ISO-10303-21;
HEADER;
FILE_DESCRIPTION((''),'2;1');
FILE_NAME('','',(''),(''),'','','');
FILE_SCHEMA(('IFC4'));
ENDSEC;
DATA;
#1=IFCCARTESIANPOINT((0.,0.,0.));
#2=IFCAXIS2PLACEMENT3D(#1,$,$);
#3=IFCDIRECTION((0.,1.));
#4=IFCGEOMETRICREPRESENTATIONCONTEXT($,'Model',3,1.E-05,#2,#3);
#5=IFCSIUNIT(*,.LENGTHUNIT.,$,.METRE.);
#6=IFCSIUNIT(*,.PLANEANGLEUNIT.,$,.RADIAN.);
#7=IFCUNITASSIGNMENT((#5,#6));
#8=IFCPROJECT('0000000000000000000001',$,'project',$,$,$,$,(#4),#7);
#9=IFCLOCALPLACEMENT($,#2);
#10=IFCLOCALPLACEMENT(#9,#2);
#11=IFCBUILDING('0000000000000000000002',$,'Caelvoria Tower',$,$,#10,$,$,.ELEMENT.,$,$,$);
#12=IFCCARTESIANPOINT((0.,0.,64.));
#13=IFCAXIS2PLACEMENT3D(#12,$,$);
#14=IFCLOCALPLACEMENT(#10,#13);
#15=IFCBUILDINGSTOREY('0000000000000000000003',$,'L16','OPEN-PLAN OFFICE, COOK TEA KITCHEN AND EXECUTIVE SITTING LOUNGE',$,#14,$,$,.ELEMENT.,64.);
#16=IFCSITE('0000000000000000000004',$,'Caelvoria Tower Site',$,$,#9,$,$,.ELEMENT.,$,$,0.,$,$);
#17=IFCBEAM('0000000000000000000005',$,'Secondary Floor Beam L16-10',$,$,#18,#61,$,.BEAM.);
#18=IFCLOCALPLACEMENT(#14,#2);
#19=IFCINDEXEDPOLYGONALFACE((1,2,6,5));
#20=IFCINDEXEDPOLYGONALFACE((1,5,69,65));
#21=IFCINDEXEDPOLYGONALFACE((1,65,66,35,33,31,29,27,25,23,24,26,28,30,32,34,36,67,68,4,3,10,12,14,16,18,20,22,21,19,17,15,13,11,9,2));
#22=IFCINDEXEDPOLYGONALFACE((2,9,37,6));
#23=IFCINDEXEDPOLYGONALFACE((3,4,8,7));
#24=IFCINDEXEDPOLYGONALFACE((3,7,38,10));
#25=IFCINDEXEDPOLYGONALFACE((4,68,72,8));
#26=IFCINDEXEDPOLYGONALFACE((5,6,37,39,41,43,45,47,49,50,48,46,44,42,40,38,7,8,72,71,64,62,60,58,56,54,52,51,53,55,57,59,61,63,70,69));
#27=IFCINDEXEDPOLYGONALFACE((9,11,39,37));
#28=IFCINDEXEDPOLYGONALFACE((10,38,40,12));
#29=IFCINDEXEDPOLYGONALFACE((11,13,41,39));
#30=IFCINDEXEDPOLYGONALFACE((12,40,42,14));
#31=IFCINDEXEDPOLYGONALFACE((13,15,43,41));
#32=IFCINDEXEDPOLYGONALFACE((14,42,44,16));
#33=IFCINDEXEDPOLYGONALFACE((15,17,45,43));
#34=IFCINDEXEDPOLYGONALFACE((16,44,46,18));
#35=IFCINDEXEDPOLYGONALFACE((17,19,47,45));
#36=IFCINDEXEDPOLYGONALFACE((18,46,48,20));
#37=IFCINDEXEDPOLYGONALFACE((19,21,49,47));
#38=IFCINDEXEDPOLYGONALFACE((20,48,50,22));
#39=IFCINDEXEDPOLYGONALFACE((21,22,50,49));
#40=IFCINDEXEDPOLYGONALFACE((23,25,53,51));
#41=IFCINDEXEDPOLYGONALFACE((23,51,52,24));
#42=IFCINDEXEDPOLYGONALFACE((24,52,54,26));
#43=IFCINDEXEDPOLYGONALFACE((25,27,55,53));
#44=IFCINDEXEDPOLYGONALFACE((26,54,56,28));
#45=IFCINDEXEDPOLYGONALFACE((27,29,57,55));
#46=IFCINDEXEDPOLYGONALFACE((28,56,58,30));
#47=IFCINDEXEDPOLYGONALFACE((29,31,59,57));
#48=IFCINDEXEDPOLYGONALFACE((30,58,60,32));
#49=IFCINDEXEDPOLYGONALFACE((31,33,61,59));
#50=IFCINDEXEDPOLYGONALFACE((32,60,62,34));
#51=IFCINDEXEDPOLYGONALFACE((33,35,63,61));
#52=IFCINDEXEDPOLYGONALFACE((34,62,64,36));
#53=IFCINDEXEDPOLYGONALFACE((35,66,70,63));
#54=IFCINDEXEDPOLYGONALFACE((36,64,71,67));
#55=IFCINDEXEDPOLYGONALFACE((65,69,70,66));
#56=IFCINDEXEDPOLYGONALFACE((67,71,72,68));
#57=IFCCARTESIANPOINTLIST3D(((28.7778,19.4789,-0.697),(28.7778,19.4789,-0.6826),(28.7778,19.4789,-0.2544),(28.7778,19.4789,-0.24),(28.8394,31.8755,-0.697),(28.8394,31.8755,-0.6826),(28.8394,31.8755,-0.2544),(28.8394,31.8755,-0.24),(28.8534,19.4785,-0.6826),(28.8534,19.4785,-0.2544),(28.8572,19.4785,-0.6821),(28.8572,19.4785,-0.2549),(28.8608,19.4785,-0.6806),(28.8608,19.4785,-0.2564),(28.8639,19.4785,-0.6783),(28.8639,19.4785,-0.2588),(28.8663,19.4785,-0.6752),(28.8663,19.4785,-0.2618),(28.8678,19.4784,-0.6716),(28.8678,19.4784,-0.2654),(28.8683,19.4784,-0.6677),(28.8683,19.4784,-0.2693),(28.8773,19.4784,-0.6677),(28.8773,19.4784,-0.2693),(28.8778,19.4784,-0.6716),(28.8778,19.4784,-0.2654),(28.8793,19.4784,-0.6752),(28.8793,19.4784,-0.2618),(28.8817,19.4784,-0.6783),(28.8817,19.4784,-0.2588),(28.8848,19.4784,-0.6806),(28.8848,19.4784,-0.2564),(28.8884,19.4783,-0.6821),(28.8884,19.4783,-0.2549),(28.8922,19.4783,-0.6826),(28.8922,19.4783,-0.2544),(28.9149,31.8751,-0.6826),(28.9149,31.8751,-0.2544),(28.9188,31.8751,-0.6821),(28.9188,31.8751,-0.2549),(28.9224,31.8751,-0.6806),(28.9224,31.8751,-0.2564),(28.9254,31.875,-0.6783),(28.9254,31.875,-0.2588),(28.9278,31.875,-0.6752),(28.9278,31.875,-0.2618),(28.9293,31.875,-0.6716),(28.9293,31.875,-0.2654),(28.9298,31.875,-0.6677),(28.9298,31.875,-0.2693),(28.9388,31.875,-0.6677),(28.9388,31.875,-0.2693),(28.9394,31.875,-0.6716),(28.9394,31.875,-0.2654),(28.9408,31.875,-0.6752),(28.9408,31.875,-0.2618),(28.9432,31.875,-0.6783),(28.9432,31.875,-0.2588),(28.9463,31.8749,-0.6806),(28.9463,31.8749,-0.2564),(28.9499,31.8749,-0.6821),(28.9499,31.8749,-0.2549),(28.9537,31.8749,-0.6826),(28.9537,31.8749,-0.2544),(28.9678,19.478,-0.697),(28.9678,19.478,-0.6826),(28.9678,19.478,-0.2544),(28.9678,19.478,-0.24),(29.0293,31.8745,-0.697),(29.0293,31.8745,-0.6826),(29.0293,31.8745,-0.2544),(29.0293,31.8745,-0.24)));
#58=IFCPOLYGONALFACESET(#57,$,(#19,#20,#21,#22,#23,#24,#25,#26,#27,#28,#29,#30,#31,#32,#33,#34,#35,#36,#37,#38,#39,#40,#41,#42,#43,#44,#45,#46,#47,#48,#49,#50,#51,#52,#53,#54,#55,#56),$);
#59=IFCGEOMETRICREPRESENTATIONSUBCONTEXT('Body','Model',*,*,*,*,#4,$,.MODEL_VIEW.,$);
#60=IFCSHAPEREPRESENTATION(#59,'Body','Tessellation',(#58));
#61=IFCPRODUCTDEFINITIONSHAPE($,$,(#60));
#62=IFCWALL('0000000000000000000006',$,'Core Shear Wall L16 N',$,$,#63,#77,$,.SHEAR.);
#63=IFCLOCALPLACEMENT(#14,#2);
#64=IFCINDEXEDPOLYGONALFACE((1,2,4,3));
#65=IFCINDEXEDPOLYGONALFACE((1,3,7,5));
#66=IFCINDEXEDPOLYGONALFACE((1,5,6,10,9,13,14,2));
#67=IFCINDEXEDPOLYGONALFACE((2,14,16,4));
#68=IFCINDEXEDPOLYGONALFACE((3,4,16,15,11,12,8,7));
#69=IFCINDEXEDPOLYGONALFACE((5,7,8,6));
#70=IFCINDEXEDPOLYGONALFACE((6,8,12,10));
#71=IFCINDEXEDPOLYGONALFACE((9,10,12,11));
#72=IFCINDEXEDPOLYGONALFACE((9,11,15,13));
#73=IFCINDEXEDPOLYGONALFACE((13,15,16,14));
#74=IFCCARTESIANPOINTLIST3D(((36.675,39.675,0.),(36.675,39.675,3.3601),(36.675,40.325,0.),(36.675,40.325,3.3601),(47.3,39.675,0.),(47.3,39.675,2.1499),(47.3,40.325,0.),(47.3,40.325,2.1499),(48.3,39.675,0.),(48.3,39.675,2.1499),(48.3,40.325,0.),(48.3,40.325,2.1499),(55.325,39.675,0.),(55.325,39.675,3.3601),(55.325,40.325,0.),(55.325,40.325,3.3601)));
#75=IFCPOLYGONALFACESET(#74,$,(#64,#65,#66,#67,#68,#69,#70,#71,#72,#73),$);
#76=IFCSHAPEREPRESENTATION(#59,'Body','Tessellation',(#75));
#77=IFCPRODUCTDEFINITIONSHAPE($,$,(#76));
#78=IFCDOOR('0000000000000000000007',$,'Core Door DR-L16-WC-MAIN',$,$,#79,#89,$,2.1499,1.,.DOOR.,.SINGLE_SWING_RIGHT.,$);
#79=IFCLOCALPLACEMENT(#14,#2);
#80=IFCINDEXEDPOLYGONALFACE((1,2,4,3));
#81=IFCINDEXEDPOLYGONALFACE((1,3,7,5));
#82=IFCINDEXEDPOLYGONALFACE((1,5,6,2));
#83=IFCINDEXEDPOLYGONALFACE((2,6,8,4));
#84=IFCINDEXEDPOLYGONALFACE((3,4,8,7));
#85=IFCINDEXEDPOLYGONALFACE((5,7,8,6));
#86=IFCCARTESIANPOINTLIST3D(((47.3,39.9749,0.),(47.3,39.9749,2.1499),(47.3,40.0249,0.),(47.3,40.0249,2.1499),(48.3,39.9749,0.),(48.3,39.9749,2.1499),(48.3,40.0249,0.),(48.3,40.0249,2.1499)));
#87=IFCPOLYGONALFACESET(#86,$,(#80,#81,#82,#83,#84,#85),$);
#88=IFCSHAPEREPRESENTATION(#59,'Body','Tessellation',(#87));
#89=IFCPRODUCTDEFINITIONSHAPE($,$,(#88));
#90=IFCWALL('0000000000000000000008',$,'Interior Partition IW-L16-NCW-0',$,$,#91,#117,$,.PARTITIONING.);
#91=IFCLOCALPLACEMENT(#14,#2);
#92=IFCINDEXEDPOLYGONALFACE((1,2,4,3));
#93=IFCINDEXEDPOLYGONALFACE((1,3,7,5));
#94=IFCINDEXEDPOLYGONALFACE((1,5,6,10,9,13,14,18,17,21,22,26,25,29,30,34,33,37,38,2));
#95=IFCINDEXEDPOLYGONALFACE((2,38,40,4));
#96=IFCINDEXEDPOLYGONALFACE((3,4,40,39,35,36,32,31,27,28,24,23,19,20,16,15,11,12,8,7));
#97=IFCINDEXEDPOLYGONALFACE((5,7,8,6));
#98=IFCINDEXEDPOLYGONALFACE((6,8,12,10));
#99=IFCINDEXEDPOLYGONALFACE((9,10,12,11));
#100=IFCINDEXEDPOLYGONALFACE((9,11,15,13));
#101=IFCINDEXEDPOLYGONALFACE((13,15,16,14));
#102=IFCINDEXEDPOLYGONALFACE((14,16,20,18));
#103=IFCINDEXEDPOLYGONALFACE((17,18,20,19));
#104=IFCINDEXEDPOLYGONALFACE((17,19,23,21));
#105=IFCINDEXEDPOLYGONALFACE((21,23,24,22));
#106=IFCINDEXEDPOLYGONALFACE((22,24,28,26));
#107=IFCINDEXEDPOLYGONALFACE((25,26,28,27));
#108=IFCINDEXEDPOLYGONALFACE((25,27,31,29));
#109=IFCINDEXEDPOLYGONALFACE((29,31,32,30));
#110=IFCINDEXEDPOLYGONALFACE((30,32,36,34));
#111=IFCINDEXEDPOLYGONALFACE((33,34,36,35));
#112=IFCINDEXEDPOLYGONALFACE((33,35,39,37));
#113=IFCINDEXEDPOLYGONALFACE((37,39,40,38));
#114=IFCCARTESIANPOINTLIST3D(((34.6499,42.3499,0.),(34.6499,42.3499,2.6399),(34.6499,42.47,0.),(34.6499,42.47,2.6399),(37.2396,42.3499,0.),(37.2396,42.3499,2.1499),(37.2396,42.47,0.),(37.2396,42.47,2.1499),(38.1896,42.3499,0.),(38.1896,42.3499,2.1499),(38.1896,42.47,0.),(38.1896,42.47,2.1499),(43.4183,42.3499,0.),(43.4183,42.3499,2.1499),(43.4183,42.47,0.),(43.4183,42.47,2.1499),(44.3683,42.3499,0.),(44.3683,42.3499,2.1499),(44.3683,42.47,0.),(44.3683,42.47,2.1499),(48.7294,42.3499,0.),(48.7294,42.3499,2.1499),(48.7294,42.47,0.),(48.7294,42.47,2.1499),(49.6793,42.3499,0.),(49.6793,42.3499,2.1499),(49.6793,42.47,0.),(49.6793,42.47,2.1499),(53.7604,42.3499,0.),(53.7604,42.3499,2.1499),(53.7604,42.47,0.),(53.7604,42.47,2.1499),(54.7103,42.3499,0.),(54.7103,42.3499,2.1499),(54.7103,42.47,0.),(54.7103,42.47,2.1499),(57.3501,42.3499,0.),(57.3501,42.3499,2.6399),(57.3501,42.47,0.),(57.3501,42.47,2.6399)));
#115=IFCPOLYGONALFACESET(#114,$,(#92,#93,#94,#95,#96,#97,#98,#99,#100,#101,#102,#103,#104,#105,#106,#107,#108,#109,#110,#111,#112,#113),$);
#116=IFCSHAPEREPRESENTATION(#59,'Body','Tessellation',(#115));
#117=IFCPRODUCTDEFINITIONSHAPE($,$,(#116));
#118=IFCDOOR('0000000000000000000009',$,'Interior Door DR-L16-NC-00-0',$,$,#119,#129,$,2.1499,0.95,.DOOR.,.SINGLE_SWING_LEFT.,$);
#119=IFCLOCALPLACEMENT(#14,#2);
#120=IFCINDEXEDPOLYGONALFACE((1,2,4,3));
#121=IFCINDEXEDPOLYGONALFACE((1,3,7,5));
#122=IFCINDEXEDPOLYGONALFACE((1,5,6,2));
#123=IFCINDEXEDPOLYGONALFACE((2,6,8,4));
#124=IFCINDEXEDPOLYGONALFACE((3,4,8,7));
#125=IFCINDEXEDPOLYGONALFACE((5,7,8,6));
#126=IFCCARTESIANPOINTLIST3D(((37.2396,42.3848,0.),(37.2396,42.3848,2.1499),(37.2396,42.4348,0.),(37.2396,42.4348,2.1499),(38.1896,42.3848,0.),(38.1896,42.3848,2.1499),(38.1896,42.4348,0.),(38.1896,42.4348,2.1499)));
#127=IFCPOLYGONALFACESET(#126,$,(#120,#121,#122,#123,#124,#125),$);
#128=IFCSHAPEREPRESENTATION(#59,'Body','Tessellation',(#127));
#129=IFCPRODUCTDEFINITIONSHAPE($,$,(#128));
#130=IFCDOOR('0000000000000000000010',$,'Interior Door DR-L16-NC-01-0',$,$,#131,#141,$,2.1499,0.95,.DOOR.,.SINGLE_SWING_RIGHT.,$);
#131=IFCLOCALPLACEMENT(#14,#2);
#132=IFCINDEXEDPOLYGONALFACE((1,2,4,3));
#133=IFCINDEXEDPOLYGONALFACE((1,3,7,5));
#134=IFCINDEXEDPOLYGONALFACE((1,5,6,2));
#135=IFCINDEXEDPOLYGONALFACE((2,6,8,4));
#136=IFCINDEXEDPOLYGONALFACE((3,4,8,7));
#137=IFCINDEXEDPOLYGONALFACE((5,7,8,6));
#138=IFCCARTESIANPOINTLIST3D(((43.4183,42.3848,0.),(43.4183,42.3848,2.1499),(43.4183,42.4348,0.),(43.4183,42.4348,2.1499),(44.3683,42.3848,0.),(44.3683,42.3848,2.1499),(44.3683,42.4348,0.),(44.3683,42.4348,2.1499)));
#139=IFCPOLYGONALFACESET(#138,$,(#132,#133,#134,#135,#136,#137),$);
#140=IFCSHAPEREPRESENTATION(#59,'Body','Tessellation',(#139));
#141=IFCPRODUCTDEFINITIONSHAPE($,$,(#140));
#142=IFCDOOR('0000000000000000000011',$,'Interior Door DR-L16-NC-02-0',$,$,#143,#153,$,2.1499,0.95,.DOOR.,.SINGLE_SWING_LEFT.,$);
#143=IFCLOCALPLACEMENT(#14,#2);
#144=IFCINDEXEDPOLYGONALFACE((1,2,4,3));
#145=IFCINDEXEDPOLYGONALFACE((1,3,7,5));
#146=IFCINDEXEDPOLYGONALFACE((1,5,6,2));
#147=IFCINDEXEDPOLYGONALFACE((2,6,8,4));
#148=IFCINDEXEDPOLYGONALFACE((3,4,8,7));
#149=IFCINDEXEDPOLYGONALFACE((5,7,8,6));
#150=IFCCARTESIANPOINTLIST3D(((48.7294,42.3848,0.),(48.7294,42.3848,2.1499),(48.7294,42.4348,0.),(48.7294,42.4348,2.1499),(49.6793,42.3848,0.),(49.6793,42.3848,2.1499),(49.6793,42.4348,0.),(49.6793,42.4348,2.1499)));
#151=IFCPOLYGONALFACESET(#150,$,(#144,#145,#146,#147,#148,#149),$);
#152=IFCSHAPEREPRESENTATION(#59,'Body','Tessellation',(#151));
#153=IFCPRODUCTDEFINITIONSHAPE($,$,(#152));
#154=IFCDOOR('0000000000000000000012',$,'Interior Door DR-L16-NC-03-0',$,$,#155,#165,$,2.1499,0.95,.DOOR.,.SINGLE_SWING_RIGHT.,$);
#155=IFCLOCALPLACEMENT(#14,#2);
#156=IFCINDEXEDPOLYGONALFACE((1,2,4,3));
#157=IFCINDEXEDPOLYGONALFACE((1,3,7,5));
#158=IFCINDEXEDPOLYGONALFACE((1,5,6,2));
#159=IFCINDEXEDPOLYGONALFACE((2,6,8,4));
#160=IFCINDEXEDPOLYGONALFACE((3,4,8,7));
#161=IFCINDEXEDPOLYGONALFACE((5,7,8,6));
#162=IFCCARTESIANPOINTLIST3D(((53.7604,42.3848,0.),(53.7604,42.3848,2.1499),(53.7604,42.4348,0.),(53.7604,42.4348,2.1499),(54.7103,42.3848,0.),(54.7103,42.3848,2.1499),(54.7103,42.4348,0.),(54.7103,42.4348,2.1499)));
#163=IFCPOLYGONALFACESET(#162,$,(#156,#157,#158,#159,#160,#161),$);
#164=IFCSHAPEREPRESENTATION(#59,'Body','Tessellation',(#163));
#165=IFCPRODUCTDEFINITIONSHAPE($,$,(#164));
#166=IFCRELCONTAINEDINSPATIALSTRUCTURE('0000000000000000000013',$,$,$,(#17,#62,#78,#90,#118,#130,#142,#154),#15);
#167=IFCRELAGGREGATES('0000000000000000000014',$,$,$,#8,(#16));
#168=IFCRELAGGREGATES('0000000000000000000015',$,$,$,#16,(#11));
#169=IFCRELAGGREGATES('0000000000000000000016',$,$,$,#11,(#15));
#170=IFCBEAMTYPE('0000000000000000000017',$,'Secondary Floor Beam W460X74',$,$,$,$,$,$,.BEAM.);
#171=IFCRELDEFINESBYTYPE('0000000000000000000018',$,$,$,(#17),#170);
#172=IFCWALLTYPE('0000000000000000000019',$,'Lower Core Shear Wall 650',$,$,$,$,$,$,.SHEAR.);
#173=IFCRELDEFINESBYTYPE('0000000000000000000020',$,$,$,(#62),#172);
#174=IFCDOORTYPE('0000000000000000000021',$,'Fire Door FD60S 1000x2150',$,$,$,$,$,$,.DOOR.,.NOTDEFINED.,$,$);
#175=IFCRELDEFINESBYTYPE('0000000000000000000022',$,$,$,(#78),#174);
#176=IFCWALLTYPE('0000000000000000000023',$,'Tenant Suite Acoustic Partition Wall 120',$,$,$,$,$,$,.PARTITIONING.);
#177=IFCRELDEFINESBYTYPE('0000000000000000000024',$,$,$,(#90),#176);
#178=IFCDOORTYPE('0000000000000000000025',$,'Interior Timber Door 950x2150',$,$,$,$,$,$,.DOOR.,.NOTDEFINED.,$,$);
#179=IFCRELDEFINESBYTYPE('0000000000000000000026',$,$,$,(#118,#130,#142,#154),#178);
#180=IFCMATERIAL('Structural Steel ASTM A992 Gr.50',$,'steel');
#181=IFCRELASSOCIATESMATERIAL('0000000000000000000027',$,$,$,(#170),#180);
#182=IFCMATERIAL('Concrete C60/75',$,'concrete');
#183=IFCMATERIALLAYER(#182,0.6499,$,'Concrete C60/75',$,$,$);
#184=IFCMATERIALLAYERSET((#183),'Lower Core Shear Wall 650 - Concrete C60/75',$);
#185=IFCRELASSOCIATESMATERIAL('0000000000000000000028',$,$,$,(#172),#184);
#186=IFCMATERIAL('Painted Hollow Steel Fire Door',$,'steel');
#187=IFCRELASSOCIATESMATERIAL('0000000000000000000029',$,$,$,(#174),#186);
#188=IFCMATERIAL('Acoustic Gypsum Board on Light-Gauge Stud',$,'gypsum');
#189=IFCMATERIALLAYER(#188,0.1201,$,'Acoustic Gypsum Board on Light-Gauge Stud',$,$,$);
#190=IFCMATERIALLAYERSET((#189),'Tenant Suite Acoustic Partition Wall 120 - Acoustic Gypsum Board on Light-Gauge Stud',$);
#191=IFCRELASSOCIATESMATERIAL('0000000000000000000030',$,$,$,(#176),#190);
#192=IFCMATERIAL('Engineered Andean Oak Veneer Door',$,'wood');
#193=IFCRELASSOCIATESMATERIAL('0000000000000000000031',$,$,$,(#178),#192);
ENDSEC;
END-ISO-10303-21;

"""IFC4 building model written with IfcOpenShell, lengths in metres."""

from ifc_helpers import new_model, si_unit, direction, frame, frame_2d, origin, origin_2d, place, context, subcontext, project, spatial, rectangle, i_section, extrude, material, layer, layer_set, material_profile, profile_set, type_object, element, fill, save


model = new_model("IFC4")

# Units and contexts
model_context = context("Model", 3, precision=1e-05, world=origin(), true_north=direction((0.0, 1.0)))
body_context = subcontext(model_context, "Body", "Model", "MODEL_VIEW")
ifc_project = project(units=[si_unit("LENGTHUNIT", "METRE"), si_unit("PLANEANGLEUNIT", "RADIAN")], contexts=[model_context])

# Site, building, storey
site_placement = place(None, origin())
site = spatial("IfcSite", under=ifc_project, at=site_placement, Name="Caelvoria Tower Site", CompositionType="ELEMENT", RefElevation=0.0)
building_placement = place(site_placement, origin())
building = spatial("IfcBuilding", under=site, at=building_placement, Name="Caelvoria Tower", CompositionType="ELEMENT")
storey_placement = place(building_placement, frame((0.0, 0.0, 64.0)))
storey = spatial("IfcBuildingStorey", under=building, at=storey_placement, Name="L16", Description="OPEN-PLAN OFFICE, COOK TEA KITCHEN AND EXECUTIVE SITTING LOUNGE", CompositionType="ELEMENT", Elevation=64.0)

# Beam
ifc_material_1 = material(Name="Structural Steel ASTM A992 Gr.50", Category="steel")
ifc_material_profile_1 = material_profile(ifc_material_1, i_section(OverallWidth=0.1899, OverallDepth=0.457, WebThickness=0.009, FlangeThickness=0.0144, FilletRadius=0.0149, at=origin_2d()), Name="Structural Steel ASTM A992 Gr.50")
ifc_profile_set_1 = profile_set([ifc_material_profile_1], Name="W460X74 - Structural Steel ASTM A992 Gr.50")
beam_type_1 = type_object("IfcBeamType", Name="Secondary Floor Beam W460X74", PredefinedType="BEAM", material=ifc_profile_set_1)
beam_1_placement = place(storey_placement, frame((28.9343, 31.875, -0.4685), z_axis=(-0.004963, -0.999988, 0.0), x_axis=(0.999988, -0.004963, 0.0)))
element("IfcBeam", 1, at=beam_1_placement, inside=storey, type_object=beam_type_1, Name="Secondary Floor Beam L16-10", PredefinedType="BEAM", context=body_context, shape_type="SweptSolid", body=[
    extrude(i_section(OverallWidth=0.1899, OverallDepth=0.457, WebThickness=0.009, FlangeThickness=0.0144, FilletRadius=0.0149, at=origin_2d()), origin(), (0.0, 0.0, 1.0), 12.3967),
])

# Wall, opening, door
ifc_material_2 = material(Name="Concrete C60/75", Category="concrete")
ifc_layer_1 = layer(ifc_material_2, 0.6499, Name="Concrete C60/75")
ifc_layer_set_1 = layer_set([ifc_layer_1], Name="Lower Core Shear Wall 650 - Concrete C60/75")
wall_type_1 = type_object("IfcWallType", Name="Lower Core Shear Wall 650", PredefinedType="SHEAR", material=ifc_layer_set_1)
wall_1_placement = place(storey_placement, frame((36.675, 40.0, 0.0), z_axis=(0.0, 0.0, 1.0), x_axis=(1.0, 0.0, 0.0)))
wall_1 = element("IfcWall", 2, at=wall_1_placement, inside=storey, type_object=wall_type_1, Name="Core Shear Wall L16 N", PredefinedType="SHEAR", context=body_context, shape_type="SweptSolid", body=[
    extrude(rectangle(XDim=18.6499, YDim=0.6499, at=frame_2d((9.325, 0.0))), origin(), (0.0, 0.0, 1.0), 3.3601),
])
opening_1_placement = place(wall_1_placement, frame((10.625, 0.0, 0.0)))
opening_1 = element("IfcOpeningElement", 3, at=opening_1_placement, cuts=wall_1, PredefinedType="OPENING", context=body_context, shape_type="SweptSolid", body=[
    extrude(rectangle(XDim=1.0, YDim=2.1499, at=frame_2d((0.5, 1.075))), frame((0.0, 0.335, 0.0), z_axis=(0.0, -1.0, 0.0), x_axis=(1.0, 0.0, 0.0)), (0.0, 0.0, 1.0), 0.6699),
])
ifc_material_3 = material(Name="Painted Hollow Steel Fire Door", Category="steel")
door_type_1 = type_object("IfcDoorType", Name="Fire Door FD60S 1000x2150", OperationType="NOTDEFINED", PredefinedType="DOOR", material=ifc_material_3)
door_1_placement = place(opening_1_placement, origin())
door_1 = element("IfcDoor", 4, at=door_1_placement, inside=storey, type_object=door_type_1, Name="Core Door DR-L16-WC-MAIN", OperationType="SINGLE_SWING_RIGHT", OverallHeight=2.1499, OverallWidth=1.0, PredefinedType="DOOR", context=body_context, shape_type="SweptSolid", body=[
    extrude(rectangle(XDim=1.0, YDim=2.1499, at=frame_2d((0.5, 1.075))), frame((0.0, 0.0249, 0.0), z_axis=(0.0, -1.0, 0.0), x_axis=(1.0, 0.0, 0.0)), (0.0, 0.0, 1.0), 0.05),
])
fill(opening_1, door_1)

# Wall, openings, doors
ifc_material_4 = material(Name="Acoustic Gypsum Board on Light-Gauge Stud", Category="gypsum")
ifc_layer_2 = layer(ifc_material_4, 0.1201, Name="Acoustic Gypsum Board on Light-Gauge Stud")
ifc_layer_set_2 = layer_set([ifc_layer_2], Name="Tenant Suite Acoustic Partition Wall 120 - Acoustic Gypsum Board on Light-Gauge Stud")
wall_type_2 = type_object("IfcWallType", Name="Tenant Suite Acoustic Partition Wall 120", PredefinedType="PARTITIONING", material=ifc_layer_set_2)
wall_2_placement = place(storey_placement, frame((34.6499, 42.4099, 0.0), z_axis=(0.0, 0.0, 1.0), x_axis=(1.0, 0.0, 0.0)))
wall_2 = element("IfcWall", 5, at=wall_2_placement, inside=storey, type_object=wall_type_2, Name="Interior Partition IW-L16-NCW-0", PredefinedType="PARTITIONING", context=body_context, shape_type="SweptSolid", body=[
    extrude(rectangle(XDim=22.7002, YDim=0.1201, at=frame_2d((11.3501, 0.0))), origin(), (0.0, 0.0, 1.0), 2.6399),
])
opening_2_placement = place(wall_2_placement, frame((2.5896, 0.0, 0.0)))
opening_2 = element("IfcOpeningElement", 6, at=opening_2_placement, cuts=wall_2, PredefinedType="OPENING", context=body_context, shape_type="SweptSolid", body=[
    extrude(rectangle(XDim=0.95, YDim=2.1499, at=frame_2d((0.4751, 1.075))), frame((0.0, 0.0701, 0.0), z_axis=(0.0, -1.0, 0.0), x_axis=(1.0, 0.0, 0.0)), (0.0, 0.0, 1.0), 0.1401),
])
opening_3_placement = place(wall_2_placement, frame((8.7683, 0.0, 0.0)))
opening_3 = element("IfcOpeningElement", 7, at=opening_3_placement, cuts=wall_2, PredefinedType="OPENING", context=body_context, shape_type="SweptSolid", body=[
    extrude(rectangle(XDim=0.95, YDim=2.1499, at=frame_2d((0.4751, 1.075))), frame((0.0, 0.0701, 0.0), z_axis=(0.0, -1.0, 0.0), x_axis=(1.0, 0.0, 0.0)), (0.0, 0.0, 1.0), 0.1401),
])
opening_4_placement = place(wall_2_placement, frame((14.0793, 0.0, 0.0)))
opening_4 = element("IfcOpeningElement", 8, at=opening_4_placement, cuts=wall_2, PredefinedType="OPENING", context=body_context, shape_type="SweptSolid", body=[
    extrude(rectangle(XDim=0.95, YDim=2.1499, at=frame_2d((0.4751, 1.075))), frame((0.0, 0.0701, 0.0), z_axis=(0.0, -1.0, 0.0), x_axis=(1.0, 0.0, 0.0)), (0.0, 0.0, 1.0), 0.1401),
])
opening_5_placement = place(wall_2_placement, frame((19.1104, 0.0, 0.0)))
opening_5 = element("IfcOpeningElement", 9, at=opening_5_placement, cuts=wall_2, PredefinedType="OPENING", context=body_context, shape_type="SweptSolid", body=[
    extrude(rectangle(XDim=0.95, YDim=2.1499, at=frame_2d((0.4751, 1.075))), frame((0.0, 0.0701, 0.0), z_axis=(0.0, -1.0, 0.0), x_axis=(1.0, 0.0, 0.0)), (0.0, 0.0, 1.0), 0.1401),
])
ifc_material_5 = material(Name="Engineered Andean Oak Veneer Door", Category="wood")
door_type_2 = type_object("IfcDoorType", Name="Interior Timber Door 950x2150", OperationType="NOTDEFINED", PredefinedType="DOOR", material=ifc_material_5)
door_2_placement = place(opening_2_placement, origin())
door_2 = element("IfcDoor", 10, at=door_2_placement, inside=storey, type_object=door_type_2, Name="Interior Door DR-L16-NC-00-0", OperationType="SINGLE_SWING_LEFT", OverallHeight=2.1499, OverallWidth=0.95, PredefinedType="DOOR", context=body_context, shape_type="SweptSolid", body=[
    extrude(rectangle(XDim=0.95, YDim=2.1499, at=frame_2d((0.4751, 1.075))), frame((0.0, 0.0249, 0.0), z_axis=(0.0, -1.0, 0.0), x_axis=(1.0, 0.0, 0.0)), (0.0, 0.0, 1.0), 0.05),
])
fill(opening_2, door_2)
door_3_placement = place(opening_3_placement, origin())
door_3 = element("IfcDoor", 11, at=door_3_placement, inside=storey, type_object=door_type_2, Name="Interior Door DR-L16-NC-01-0", OperationType="SINGLE_SWING_RIGHT", OverallHeight=2.1499, OverallWidth=0.95, PredefinedType="DOOR", context=body_context, shape_type="SweptSolid", body=[
    extrude(rectangle(XDim=0.95, YDim=2.1499, at=frame_2d((0.4751, 1.075))), frame((0.0, 0.0249, 0.0), z_axis=(0.0, -1.0, 0.0), x_axis=(1.0, 0.0, 0.0)), (0.0, 0.0, 1.0), 0.05),
])
fill(opening_3, door_3)
door_4_placement = place(opening_4_placement, origin())
door_4 = element("IfcDoor", 12, at=door_4_placement, inside=storey, type_object=door_type_2, Name="Interior Door DR-L16-NC-02-0", OperationType="SINGLE_SWING_LEFT", OverallHeight=2.1499, OverallWidth=0.95, PredefinedType="DOOR", context=body_context, shape_type="SweptSolid", body=[
    extrude(rectangle(XDim=0.95, YDim=2.1499, at=frame_2d((0.4751, 1.075))), frame((0.0, 0.0249, 0.0), z_axis=(0.0, -1.0, 0.0), x_axis=(1.0, 0.0, 0.0)), (0.0, 0.0, 1.0), 0.05),
])
fill(opening_4, door_4)
door_5_placement = place(opening_5_placement, origin())
door_5 = element("IfcDoor", 13, at=door_5_placement, inside=storey, type_object=door_type_2, Name="Interior Door DR-L16-NC-03-0", OperationType="SINGLE_SWING_RIGHT", OverallHeight=2.1499, OverallWidth=0.95, PredefinedType="DOOR", context=body_context, shape_type="SweptSolid", body=[
    extrude(rectangle(XDim=0.95, YDim=2.1499, at=frame_2d((0.4751, 1.075))), frame((0.0, 0.0249, 0.0), z_axis=(0.0, -1.0, 0.0), x_axis=(1.0, 0.0, 0.0)), (0.0, 0.0, 1.0), 0.05),
])
fill(opening_5, door_5)

save(model, "model.ifc")
